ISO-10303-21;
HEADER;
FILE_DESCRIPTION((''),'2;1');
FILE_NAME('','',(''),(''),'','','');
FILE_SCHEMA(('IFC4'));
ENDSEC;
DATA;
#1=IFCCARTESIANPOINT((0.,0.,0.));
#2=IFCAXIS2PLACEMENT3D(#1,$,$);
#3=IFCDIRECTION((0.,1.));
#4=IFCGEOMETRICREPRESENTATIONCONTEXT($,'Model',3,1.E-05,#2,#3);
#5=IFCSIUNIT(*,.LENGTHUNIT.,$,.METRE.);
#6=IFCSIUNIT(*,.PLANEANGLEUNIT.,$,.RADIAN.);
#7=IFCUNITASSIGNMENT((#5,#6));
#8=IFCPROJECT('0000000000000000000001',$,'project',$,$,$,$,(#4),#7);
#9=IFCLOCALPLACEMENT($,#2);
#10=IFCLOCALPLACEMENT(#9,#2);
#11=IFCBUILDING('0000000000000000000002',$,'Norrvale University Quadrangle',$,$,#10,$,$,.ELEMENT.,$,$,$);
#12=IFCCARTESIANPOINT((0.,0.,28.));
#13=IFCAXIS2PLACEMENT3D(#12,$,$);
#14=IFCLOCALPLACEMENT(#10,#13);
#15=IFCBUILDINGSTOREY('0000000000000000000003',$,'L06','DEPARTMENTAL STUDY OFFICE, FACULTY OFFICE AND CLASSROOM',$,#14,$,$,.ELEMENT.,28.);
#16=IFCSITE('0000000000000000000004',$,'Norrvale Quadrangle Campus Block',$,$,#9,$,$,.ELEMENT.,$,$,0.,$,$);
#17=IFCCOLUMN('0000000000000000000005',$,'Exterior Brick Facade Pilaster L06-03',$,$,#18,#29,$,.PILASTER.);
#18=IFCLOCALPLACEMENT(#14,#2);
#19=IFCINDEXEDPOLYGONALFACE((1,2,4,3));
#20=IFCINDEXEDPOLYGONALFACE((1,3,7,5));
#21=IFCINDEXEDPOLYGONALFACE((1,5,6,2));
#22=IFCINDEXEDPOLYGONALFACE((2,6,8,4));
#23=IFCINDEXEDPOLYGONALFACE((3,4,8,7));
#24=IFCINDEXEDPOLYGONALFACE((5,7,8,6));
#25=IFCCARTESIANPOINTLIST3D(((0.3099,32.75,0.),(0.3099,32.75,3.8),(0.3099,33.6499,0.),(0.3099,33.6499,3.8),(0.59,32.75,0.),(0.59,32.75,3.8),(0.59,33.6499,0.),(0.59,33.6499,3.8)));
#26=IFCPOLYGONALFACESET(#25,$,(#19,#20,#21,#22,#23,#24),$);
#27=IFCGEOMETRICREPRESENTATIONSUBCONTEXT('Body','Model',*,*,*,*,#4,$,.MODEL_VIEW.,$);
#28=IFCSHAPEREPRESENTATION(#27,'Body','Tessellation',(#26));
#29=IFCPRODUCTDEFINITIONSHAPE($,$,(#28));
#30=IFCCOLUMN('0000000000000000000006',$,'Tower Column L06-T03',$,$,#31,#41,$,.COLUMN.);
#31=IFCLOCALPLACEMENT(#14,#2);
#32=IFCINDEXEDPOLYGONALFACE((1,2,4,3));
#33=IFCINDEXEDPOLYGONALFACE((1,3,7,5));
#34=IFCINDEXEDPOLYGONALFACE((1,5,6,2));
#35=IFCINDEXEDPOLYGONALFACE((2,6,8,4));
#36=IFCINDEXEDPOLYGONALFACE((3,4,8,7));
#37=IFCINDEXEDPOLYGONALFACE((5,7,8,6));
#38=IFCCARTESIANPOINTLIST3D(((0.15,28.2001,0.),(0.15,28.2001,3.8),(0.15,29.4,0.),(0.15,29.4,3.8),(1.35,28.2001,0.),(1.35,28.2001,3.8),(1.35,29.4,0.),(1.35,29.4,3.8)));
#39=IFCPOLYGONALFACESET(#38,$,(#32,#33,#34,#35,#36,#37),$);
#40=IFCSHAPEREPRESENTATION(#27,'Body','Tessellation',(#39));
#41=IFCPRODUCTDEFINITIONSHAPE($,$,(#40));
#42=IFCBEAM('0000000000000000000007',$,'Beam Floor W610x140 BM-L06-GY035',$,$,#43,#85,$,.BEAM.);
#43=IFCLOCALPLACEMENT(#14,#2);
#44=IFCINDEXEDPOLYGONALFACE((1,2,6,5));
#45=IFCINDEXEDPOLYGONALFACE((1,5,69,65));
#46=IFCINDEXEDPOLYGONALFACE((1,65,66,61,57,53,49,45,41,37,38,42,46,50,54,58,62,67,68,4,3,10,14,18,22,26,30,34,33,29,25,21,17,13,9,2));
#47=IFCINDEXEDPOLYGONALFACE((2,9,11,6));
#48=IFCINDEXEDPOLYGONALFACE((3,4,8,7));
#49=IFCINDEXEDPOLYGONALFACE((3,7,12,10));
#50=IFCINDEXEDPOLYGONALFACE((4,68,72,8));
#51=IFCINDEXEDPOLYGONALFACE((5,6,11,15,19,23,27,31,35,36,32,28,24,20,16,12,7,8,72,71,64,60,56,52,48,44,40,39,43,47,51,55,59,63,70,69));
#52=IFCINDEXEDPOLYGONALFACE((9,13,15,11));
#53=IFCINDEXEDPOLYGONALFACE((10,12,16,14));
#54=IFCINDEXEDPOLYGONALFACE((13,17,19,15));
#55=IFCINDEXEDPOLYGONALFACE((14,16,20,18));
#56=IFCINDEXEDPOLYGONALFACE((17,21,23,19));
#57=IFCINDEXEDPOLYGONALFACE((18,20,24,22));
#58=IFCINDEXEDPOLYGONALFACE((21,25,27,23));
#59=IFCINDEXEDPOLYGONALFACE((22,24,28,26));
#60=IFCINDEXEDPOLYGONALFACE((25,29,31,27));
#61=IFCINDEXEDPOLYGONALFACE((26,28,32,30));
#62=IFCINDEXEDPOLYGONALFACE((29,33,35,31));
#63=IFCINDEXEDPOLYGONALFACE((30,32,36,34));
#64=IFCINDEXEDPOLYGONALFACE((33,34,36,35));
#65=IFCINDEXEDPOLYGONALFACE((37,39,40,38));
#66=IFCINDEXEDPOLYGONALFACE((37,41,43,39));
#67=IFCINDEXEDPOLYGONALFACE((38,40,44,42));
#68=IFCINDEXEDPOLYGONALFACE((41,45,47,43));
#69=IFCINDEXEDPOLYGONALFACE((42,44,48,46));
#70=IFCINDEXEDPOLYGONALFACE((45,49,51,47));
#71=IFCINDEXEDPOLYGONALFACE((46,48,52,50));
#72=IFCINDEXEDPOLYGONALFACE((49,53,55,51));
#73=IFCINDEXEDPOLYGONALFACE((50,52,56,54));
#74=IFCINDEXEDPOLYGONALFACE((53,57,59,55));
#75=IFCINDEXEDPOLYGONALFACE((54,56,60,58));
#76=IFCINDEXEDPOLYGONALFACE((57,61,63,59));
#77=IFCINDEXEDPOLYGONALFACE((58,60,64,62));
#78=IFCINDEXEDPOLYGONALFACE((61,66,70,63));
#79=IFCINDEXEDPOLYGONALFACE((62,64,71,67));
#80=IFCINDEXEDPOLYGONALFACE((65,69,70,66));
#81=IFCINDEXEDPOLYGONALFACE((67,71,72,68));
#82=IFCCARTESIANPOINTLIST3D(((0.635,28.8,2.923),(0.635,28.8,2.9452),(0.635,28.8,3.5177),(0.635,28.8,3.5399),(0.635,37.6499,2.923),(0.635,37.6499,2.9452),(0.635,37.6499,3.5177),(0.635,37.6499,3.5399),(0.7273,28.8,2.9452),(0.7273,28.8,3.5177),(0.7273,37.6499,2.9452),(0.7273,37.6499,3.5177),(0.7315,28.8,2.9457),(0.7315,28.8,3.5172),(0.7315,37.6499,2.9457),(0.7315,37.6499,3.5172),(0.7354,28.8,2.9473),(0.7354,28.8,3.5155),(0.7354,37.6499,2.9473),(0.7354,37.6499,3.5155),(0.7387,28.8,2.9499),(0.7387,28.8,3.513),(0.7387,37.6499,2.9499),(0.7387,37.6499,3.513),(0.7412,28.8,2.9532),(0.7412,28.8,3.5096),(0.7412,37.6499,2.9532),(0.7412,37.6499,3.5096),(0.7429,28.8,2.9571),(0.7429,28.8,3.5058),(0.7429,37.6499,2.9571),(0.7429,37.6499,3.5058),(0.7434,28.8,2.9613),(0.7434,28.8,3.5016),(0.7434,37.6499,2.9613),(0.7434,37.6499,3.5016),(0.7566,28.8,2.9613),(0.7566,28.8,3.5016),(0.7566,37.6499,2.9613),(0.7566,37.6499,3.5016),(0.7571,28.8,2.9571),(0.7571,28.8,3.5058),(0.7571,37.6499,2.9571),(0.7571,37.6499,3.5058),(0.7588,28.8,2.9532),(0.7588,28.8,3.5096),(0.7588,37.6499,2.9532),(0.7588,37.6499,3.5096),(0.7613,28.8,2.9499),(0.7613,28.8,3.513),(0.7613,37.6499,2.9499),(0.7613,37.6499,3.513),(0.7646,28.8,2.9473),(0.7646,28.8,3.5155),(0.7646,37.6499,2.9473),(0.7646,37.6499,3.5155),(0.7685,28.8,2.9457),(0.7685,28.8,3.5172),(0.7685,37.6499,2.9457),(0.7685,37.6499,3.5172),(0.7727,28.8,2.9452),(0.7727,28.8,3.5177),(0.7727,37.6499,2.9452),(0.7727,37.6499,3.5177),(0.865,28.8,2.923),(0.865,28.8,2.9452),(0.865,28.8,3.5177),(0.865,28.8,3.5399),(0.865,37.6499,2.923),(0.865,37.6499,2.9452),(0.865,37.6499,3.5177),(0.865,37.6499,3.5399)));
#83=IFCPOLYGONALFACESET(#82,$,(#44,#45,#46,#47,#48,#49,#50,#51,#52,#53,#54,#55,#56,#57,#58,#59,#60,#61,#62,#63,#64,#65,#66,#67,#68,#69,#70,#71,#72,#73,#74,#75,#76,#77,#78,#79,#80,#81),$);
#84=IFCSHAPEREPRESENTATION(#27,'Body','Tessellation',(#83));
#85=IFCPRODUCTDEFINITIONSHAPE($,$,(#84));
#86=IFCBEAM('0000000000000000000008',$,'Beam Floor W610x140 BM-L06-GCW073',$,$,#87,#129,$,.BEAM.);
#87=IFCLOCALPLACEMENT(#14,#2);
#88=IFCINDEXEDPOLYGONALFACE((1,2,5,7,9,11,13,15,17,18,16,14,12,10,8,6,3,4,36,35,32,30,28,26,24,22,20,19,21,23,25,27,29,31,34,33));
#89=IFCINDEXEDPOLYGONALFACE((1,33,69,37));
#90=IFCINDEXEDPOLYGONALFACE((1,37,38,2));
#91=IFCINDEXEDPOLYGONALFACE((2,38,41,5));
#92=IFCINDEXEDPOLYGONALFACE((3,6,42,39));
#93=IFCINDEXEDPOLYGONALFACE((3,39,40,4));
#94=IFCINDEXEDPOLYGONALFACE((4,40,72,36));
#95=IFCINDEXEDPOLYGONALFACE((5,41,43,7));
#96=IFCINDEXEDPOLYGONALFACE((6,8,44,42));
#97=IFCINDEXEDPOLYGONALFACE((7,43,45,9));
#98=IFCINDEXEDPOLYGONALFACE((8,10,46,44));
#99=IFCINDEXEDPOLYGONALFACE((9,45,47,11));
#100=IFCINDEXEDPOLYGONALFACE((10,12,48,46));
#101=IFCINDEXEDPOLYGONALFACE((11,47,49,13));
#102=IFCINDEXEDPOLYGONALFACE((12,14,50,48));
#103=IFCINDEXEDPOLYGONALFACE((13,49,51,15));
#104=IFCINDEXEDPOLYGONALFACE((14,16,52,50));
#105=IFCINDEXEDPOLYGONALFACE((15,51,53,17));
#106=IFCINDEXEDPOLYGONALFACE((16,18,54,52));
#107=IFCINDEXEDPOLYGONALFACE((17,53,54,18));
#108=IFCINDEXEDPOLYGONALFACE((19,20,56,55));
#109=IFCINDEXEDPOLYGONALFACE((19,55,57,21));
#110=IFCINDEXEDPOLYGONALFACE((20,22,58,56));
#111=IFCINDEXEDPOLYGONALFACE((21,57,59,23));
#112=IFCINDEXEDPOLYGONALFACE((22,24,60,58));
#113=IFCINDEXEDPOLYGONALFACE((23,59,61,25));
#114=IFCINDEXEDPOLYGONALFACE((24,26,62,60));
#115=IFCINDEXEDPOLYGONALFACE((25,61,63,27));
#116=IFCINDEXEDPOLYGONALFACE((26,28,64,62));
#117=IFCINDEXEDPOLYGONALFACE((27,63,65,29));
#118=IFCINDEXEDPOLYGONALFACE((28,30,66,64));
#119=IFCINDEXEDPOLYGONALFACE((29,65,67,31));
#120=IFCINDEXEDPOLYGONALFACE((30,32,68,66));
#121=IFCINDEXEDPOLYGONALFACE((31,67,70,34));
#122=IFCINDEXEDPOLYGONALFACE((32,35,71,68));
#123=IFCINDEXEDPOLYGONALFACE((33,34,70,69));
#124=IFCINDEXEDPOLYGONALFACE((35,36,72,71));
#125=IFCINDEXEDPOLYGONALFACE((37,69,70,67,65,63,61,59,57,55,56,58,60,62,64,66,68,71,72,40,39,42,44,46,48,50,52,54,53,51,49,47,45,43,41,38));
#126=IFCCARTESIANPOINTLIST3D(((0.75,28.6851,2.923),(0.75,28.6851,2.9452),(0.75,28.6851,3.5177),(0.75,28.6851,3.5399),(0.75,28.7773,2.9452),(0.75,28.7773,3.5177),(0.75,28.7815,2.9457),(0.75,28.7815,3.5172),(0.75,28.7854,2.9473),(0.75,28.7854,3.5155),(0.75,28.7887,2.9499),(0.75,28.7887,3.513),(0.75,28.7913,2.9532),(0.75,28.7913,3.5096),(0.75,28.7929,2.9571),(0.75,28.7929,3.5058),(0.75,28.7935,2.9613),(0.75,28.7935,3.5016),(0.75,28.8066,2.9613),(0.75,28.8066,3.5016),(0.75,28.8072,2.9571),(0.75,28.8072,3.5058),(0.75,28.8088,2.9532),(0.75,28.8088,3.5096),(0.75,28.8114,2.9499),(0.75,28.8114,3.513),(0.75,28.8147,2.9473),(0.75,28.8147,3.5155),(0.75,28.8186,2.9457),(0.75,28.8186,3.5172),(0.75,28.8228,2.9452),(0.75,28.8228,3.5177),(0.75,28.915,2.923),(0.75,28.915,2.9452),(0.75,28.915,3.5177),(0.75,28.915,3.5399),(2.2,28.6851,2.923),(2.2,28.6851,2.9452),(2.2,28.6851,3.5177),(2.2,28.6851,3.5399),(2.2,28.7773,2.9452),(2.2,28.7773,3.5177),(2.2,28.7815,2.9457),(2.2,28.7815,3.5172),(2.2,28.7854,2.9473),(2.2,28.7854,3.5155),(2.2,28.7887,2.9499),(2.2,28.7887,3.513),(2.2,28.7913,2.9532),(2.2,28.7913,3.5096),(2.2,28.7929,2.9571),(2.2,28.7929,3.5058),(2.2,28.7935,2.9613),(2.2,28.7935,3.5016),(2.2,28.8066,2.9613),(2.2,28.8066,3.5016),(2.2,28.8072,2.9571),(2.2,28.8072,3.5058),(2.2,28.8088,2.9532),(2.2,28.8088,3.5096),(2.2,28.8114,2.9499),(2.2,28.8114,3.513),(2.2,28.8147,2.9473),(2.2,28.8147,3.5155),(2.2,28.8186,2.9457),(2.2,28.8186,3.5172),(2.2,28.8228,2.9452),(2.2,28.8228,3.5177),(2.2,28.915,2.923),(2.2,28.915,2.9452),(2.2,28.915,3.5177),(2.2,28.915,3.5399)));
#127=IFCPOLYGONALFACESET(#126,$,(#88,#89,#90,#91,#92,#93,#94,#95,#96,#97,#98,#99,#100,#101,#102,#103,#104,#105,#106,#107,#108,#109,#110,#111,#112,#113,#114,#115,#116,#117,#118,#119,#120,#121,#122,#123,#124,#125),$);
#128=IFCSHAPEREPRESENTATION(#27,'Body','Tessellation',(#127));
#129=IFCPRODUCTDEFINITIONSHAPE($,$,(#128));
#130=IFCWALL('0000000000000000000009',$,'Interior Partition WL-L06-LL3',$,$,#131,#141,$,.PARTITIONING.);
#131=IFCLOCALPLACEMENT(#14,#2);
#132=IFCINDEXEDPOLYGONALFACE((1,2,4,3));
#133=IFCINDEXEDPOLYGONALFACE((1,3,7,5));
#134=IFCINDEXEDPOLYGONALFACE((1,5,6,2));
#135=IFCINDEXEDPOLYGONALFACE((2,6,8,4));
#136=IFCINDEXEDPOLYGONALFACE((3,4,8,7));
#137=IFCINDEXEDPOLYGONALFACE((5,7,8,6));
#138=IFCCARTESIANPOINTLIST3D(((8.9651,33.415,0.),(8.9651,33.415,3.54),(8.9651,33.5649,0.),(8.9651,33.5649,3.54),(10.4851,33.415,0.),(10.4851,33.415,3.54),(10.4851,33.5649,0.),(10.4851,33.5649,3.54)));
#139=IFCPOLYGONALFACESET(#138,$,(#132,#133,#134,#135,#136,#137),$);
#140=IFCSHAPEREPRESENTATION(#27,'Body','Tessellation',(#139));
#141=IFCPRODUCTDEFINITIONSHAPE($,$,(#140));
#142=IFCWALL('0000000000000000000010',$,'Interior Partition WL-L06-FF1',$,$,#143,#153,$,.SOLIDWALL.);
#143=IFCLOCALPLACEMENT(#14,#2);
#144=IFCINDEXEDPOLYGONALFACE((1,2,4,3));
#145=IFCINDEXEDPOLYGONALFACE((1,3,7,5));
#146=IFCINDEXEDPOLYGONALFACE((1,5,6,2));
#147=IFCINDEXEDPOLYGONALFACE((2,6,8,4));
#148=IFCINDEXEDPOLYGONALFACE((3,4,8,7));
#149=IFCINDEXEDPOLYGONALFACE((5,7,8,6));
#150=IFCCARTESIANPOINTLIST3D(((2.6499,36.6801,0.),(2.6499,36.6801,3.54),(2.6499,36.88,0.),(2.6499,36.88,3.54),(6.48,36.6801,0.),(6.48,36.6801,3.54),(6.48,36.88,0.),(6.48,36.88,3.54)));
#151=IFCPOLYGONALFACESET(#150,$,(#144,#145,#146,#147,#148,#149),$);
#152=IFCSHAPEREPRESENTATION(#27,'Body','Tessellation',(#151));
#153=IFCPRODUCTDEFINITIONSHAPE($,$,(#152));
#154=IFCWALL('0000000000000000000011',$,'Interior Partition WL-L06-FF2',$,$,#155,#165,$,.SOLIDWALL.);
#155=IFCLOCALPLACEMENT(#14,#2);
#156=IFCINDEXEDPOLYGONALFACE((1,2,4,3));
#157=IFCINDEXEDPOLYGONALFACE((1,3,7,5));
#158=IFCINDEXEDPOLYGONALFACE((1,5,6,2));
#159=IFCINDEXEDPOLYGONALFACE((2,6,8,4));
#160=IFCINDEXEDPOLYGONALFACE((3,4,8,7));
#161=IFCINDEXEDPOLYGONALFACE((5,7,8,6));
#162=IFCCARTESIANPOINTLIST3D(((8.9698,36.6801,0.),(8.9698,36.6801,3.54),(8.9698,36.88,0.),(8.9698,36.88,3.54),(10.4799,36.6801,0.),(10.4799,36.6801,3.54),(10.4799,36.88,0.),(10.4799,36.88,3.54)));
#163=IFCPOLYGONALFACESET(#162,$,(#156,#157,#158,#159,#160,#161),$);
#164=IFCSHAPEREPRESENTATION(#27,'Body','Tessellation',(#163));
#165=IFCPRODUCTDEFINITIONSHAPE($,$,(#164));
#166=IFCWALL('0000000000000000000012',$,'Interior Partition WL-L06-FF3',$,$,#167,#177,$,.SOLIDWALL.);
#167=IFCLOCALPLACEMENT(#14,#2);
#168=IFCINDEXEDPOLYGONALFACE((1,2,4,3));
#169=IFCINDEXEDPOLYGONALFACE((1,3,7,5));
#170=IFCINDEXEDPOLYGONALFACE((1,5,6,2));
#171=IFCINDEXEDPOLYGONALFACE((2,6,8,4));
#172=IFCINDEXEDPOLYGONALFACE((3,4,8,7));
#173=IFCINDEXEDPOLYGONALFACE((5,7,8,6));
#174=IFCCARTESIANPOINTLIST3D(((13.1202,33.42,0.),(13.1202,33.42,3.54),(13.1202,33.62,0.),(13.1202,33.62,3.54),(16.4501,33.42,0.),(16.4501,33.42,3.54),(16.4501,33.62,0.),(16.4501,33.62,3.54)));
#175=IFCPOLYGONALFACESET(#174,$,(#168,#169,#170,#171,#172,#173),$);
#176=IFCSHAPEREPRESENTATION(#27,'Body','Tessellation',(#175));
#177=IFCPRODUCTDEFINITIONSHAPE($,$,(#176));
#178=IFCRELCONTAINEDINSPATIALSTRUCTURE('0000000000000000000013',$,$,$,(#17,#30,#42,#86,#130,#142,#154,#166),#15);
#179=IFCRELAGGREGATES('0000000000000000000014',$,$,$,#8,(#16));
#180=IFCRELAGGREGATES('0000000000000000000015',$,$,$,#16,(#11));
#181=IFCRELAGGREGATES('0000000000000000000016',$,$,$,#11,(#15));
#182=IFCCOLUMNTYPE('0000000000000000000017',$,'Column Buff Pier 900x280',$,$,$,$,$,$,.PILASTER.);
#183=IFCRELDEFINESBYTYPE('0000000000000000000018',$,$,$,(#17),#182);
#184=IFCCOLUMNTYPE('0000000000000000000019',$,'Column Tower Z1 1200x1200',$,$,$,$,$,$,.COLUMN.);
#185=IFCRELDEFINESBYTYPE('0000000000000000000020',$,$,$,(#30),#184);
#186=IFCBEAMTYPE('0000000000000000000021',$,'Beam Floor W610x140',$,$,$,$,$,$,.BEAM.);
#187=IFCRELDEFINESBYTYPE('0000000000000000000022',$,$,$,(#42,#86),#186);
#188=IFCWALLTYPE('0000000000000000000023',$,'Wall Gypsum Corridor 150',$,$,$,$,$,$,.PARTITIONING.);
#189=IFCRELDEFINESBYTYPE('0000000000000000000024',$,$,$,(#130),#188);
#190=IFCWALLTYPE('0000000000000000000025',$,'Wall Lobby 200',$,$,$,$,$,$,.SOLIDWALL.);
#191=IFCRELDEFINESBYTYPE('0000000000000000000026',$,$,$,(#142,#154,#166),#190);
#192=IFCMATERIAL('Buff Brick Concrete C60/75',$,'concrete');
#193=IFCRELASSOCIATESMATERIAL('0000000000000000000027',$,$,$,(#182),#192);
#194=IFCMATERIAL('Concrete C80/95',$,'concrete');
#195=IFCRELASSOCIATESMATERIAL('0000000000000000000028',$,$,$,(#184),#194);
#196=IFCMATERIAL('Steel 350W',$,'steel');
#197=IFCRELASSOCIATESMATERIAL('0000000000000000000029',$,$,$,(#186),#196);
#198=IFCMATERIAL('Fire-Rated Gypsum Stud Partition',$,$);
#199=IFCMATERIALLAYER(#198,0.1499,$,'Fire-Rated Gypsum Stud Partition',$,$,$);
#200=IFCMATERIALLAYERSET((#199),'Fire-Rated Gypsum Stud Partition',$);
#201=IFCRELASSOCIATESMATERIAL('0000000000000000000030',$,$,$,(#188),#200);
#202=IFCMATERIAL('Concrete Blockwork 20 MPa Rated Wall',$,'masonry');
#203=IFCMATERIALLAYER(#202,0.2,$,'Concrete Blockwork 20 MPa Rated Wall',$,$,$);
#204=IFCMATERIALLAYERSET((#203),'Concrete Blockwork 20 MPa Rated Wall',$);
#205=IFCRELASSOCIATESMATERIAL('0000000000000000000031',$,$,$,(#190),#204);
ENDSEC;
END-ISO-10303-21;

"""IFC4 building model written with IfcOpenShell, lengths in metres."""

from ifc_helpers import new_model, si_unit, direction, frame, frame_2d, origin, origin_2d, place, context, subcontext, project, spatial, rectangle, i_section, extrude, material, layer, layer_set, material_profile, profile_set, type_object, element, save


model = new_model("IFC4")

# Units and contexts
model_context = context("Model", 3, precision=1e-05, world=origin(), true_north=direction((0.0, 1.0)))
body_context = subcontext(model_context, "Body", "Model", "MODEL_VIEW")
ifc_project = project(units=[si_unit("LENGTHUNIT", "METRE"), si_unit("PLANEANGLEUNIT", "RADIAN")], contexts=[model_context])

# Site, building, storey
site_placement = place(None, origin())
site = spatial("IfcSite", under=ifc_project, at=site_placement, Name="Norrvale Quadrangle Campus Block", CompositionType="ELEMENT", RefElevation=0.0)
building_placement = place(site_placement, origin())
building = spatial("IfcBuilding", under=site, at=building_placement, Name="Norrvale University Quadrangle", CompositionType="ELEMENT")
storey_placement = place(building_placement, frame((0.0, 0.0, 28.0)))
storey = spatial("IfcBuildingStorey", under=building, at=storey_placement, Name="L06", Description="DEPARTMENTAL STUDY OFFICE, FACULTY OFFICE AND CLASSROOM", CompositionType="ELEMENT", Elevation=28.0)

# Columns
ifc_material_1 = material(Name="Buff Brick Concrete C60/75", Category="concrete")
ifc_material_profile_1 = material_profile(ifc_material_1, rectangle(XDim=0.8999, YDim=0.28, at=origin_2d()), Name="Buff Brick Concrete C60/75")
ifc_profile_set_1 = profile_set([ifc_material_profile_1], Name="Buff Brick Concrete C60/75")
column_type_1 = type_object("IfcColumnType", Name="Column Buff Pier 900x280", PredefinedType="PILASTER", material=ifc_profile_set_1)
column_1_placement = place(storey_placement, frame((0.45, 33.2, 0.0), z_axis=(0.0, 0.0, 1.0), x_axis=(0.0, 1.0, 0.0)))
element("IfcColumn", 1, at=column_1_placement, inside=storey, type_object=column_type_1, Name="Exterior Brick Facade Pilaster L06-03", PredefinedType="PILASTER", context=body_context, shape_type="SweptSolid", body=[
    extrude(rectangle(XDim=0.8999, YDim=0.28, at=origin_2d()), origin(), (0.0, 0.0, 1.0), 3.8),
])
ifc_material_2 = material(Name="Concrete C80/95", Category="concrete")
ifc_material_profile_2 = material_profile(ifc_material_2, rectangle(XDim=1.2, YDim=1.2, at=origin_2d()), Name="Concrete C80/95")
ifc_profile_set_2 = profile_set([ifc_material_profile_2], Name="Concrete C80/95")
column_type_2 = type_object("IfcColumnType", Name="Column Tower Z1 1200x1200", PredefinedType="COLUMN", material=ifc_profile_set_2)
column_2_placement = place(storey_placement, frame((0.75, 28.8, 0.0), z_axis=(0.0, 0.0, 1.0), x_axis=(1.0, 0.0, 0.0)))
element("IfcColumn", 2, at=column_2_placement, inside=storey, type_object=column_type_2, Name="Tower Column L06-T03", PredefinedType="COLUMN", context=body_context, shape_type="SweptSolid", body=[
    extrude(rectangle(XDim=1.2, YDim=1.2, at=origin_2d()), origin(), (0.0, 0.0, 1.0), 3.8),
])

# Beams
ifc_material_3 = material(Name="Steel 350W", Category="steel")
ifc_material_profile_3 = material_profile(ifc_material_3, i_section(OverallWidth=0.23, OverallDepth=0.6169, WebThickness=0.0132, FlangeThickness=0.0222, FilletRadius=0.0161, at=origin_2d()), Name="Steel 350W")
ifc_profile_set_3 = profile_set([ifc_material_profile_3], Name="Steel 350W")
beam_type = type_object("IfcBeamType", Name="Beam Floor W610x140", PredefinedType="BEAM", material=ifc_profile_set_3)
beam_1_placement = place(storey_placement, frame((0.75, 28.8, 3.2314), z_axis=(0.0, 1.0, 0.0), x_axis=(-1.0, 0.0, 0.0)))
element("IfcBeam", 3, at=beam_1_placement, inside=storey, type_object=beam_type, Name="Beam Floor W610x140 BM-L06-GY035", PredefinedType="BEAM", context=body_context, shape_type="SweptSolid", body=[
    extrude(i_section(OverallWidth=0.23, OverallDepth=0.6169, WebThickness=0.0132, FlangeThickness=0.0222, FilletRadius=0.0161, at=origin_2d()), origin(), (0.0, 0.0, 1.0), 8.8499),
])
beam_2_placement = place(storey_placement, frame((0.75, 28.8, 3.2314), z_axis=(1.0, 0.0, 0.0), x_axis=(0.0, 1.0, 0.0)))
element("IfcBeam", 4, at=beam_2_placement, inside=storey, type_object=beam_type, Name="Beam Floor W610x140 BM-L06-GCW073", PredefinedType="BEAM", context=body_context, shape_type="SweptSolid", body=[
    extrude(i_section(OverallWidth=0.23, OverallDepth=0.6169, WebThickness=0.0132, FlangeThickness=0.0222, FilletRadius=0.0161, at=origin_2d()), origin(), (0.0, 0.0, 1.0), 1.45),
])

# Walls
ifc_material_4 = material(Name="Fire-Rated Gypsum Stud Partition")
ifc_layer_1 = layer(ifc_material_4, 0.1499, Name="Fire-Rated Gypsum Stud Partition")
ifc_layer_set_1 = layer_set([ifc_layer_1], Name="Fire-Rated Gypsum Stud Partition")
wall_type_1 = type_object("IfcWallType", Name="Wall Gypsum Corridor 150", PredefinedType="PARTITIONING", material=ifc_layer_set_1)
wall_1_placement = place(storey_placement, frame((8.9651, 33.49, 0.0), z_axis=(0.0, 0.0, 1.0), x_axis=(1.0, 0.0, 0.0)))
element("IfcWall", 5, at=wall_1_placement, inside=storey, type_object=wall_type_1, Name="Interior Partition WL-L06-LL3", PredefinedType="PARTITIONING", context=body_context, shape_type="SweptSolid", body=[
    extrude(rectangle(XDim=1.52, YDim=0.1499, at=frame_2d((0.76, 0.0))), origin(), (0.0, 0.0, 1.0), 3.54),
])
ifc_material_5 = material(Name="Concrete Blockwork 20 MPa Rated Wall", Category="masonry")
ifc_layer_2 = layer(ifc_material_5, 0.2, Name="Concrete Blockwork 20 MPa Rated Wall")
ifc_layer_set_2 = layer_set([ifc_layer_2], Name="Concrete Blockwork 20 MPa Rated Wall")
wall_type_2 = type_object("IfcWallType", Name="Wall Lobby 200", PredefinedType="SOLIDWALL", material=ifc_layer_set_2)
wall_2_placement = place(storey_placement, frame((2.6499, 36.78, 0.0), z_axis=(0.0, 0.0, 1.0), x_axis=(1.0, 0.0, 0.0)))
element("IfcWall", 6, at=wall_2_placement, inside=storey, type_object=wall_type_2, Name="Interior Partition WL-L06-FF1", PredefinedType="SOLIDWALL", context=body_context, shape_type="SweptSolid", body=[
    extrude(rectangle(XDim=3.8301, YDim=0.2, at=frame_2d((1.915, 0.0))), origin(), (0.0, 0.0, 1.0), 3.54),
])
wall_3_placement = place(storey_placement, frame((8.97, 36.78, 0.0), z_axis=(0.0, 0.0, 1.0), x_axis=(1.0, 0.0, 0.0)))
element("IfcWall", 7, at=wall_3_placement, inside=storey, type_object=wall_type_2, Name="Interior Partition WL-L06-FF2", PredefinedType="SOLIDWALL", context=body_context, shape_type="SweptSolid", body=[
    extrude(rectangle(XDim=1.51, YDim=0.2, at=frame_2d((0.7549, 0.0))), origin(), (0.0, 0.0, 1.0), 3.54),
])
wall_4_placement = place(storey_placement, frame((13.1201, 33.52, 0.0), z_axis=(0.0, 0.0, 1.0), x_axis=(1.0, 0.0, 0.0)))
element("IfcWall", 8, at=wall_4_placement, inside=storey, type_object=wall_type_2, Name="Interior Partition WL-L06-FF3", PredefinedType="SOLIDWALL", context=body_context, shape_type="SweptSolid", body=[
    extrude(rectangle(XDim=3.3298, YDim=0.2, at=frame_2d((1.665, 0.0))), origin(), (0.0, 0.0, 1.0), 3.54),
])

save(model, "model.ifc")
